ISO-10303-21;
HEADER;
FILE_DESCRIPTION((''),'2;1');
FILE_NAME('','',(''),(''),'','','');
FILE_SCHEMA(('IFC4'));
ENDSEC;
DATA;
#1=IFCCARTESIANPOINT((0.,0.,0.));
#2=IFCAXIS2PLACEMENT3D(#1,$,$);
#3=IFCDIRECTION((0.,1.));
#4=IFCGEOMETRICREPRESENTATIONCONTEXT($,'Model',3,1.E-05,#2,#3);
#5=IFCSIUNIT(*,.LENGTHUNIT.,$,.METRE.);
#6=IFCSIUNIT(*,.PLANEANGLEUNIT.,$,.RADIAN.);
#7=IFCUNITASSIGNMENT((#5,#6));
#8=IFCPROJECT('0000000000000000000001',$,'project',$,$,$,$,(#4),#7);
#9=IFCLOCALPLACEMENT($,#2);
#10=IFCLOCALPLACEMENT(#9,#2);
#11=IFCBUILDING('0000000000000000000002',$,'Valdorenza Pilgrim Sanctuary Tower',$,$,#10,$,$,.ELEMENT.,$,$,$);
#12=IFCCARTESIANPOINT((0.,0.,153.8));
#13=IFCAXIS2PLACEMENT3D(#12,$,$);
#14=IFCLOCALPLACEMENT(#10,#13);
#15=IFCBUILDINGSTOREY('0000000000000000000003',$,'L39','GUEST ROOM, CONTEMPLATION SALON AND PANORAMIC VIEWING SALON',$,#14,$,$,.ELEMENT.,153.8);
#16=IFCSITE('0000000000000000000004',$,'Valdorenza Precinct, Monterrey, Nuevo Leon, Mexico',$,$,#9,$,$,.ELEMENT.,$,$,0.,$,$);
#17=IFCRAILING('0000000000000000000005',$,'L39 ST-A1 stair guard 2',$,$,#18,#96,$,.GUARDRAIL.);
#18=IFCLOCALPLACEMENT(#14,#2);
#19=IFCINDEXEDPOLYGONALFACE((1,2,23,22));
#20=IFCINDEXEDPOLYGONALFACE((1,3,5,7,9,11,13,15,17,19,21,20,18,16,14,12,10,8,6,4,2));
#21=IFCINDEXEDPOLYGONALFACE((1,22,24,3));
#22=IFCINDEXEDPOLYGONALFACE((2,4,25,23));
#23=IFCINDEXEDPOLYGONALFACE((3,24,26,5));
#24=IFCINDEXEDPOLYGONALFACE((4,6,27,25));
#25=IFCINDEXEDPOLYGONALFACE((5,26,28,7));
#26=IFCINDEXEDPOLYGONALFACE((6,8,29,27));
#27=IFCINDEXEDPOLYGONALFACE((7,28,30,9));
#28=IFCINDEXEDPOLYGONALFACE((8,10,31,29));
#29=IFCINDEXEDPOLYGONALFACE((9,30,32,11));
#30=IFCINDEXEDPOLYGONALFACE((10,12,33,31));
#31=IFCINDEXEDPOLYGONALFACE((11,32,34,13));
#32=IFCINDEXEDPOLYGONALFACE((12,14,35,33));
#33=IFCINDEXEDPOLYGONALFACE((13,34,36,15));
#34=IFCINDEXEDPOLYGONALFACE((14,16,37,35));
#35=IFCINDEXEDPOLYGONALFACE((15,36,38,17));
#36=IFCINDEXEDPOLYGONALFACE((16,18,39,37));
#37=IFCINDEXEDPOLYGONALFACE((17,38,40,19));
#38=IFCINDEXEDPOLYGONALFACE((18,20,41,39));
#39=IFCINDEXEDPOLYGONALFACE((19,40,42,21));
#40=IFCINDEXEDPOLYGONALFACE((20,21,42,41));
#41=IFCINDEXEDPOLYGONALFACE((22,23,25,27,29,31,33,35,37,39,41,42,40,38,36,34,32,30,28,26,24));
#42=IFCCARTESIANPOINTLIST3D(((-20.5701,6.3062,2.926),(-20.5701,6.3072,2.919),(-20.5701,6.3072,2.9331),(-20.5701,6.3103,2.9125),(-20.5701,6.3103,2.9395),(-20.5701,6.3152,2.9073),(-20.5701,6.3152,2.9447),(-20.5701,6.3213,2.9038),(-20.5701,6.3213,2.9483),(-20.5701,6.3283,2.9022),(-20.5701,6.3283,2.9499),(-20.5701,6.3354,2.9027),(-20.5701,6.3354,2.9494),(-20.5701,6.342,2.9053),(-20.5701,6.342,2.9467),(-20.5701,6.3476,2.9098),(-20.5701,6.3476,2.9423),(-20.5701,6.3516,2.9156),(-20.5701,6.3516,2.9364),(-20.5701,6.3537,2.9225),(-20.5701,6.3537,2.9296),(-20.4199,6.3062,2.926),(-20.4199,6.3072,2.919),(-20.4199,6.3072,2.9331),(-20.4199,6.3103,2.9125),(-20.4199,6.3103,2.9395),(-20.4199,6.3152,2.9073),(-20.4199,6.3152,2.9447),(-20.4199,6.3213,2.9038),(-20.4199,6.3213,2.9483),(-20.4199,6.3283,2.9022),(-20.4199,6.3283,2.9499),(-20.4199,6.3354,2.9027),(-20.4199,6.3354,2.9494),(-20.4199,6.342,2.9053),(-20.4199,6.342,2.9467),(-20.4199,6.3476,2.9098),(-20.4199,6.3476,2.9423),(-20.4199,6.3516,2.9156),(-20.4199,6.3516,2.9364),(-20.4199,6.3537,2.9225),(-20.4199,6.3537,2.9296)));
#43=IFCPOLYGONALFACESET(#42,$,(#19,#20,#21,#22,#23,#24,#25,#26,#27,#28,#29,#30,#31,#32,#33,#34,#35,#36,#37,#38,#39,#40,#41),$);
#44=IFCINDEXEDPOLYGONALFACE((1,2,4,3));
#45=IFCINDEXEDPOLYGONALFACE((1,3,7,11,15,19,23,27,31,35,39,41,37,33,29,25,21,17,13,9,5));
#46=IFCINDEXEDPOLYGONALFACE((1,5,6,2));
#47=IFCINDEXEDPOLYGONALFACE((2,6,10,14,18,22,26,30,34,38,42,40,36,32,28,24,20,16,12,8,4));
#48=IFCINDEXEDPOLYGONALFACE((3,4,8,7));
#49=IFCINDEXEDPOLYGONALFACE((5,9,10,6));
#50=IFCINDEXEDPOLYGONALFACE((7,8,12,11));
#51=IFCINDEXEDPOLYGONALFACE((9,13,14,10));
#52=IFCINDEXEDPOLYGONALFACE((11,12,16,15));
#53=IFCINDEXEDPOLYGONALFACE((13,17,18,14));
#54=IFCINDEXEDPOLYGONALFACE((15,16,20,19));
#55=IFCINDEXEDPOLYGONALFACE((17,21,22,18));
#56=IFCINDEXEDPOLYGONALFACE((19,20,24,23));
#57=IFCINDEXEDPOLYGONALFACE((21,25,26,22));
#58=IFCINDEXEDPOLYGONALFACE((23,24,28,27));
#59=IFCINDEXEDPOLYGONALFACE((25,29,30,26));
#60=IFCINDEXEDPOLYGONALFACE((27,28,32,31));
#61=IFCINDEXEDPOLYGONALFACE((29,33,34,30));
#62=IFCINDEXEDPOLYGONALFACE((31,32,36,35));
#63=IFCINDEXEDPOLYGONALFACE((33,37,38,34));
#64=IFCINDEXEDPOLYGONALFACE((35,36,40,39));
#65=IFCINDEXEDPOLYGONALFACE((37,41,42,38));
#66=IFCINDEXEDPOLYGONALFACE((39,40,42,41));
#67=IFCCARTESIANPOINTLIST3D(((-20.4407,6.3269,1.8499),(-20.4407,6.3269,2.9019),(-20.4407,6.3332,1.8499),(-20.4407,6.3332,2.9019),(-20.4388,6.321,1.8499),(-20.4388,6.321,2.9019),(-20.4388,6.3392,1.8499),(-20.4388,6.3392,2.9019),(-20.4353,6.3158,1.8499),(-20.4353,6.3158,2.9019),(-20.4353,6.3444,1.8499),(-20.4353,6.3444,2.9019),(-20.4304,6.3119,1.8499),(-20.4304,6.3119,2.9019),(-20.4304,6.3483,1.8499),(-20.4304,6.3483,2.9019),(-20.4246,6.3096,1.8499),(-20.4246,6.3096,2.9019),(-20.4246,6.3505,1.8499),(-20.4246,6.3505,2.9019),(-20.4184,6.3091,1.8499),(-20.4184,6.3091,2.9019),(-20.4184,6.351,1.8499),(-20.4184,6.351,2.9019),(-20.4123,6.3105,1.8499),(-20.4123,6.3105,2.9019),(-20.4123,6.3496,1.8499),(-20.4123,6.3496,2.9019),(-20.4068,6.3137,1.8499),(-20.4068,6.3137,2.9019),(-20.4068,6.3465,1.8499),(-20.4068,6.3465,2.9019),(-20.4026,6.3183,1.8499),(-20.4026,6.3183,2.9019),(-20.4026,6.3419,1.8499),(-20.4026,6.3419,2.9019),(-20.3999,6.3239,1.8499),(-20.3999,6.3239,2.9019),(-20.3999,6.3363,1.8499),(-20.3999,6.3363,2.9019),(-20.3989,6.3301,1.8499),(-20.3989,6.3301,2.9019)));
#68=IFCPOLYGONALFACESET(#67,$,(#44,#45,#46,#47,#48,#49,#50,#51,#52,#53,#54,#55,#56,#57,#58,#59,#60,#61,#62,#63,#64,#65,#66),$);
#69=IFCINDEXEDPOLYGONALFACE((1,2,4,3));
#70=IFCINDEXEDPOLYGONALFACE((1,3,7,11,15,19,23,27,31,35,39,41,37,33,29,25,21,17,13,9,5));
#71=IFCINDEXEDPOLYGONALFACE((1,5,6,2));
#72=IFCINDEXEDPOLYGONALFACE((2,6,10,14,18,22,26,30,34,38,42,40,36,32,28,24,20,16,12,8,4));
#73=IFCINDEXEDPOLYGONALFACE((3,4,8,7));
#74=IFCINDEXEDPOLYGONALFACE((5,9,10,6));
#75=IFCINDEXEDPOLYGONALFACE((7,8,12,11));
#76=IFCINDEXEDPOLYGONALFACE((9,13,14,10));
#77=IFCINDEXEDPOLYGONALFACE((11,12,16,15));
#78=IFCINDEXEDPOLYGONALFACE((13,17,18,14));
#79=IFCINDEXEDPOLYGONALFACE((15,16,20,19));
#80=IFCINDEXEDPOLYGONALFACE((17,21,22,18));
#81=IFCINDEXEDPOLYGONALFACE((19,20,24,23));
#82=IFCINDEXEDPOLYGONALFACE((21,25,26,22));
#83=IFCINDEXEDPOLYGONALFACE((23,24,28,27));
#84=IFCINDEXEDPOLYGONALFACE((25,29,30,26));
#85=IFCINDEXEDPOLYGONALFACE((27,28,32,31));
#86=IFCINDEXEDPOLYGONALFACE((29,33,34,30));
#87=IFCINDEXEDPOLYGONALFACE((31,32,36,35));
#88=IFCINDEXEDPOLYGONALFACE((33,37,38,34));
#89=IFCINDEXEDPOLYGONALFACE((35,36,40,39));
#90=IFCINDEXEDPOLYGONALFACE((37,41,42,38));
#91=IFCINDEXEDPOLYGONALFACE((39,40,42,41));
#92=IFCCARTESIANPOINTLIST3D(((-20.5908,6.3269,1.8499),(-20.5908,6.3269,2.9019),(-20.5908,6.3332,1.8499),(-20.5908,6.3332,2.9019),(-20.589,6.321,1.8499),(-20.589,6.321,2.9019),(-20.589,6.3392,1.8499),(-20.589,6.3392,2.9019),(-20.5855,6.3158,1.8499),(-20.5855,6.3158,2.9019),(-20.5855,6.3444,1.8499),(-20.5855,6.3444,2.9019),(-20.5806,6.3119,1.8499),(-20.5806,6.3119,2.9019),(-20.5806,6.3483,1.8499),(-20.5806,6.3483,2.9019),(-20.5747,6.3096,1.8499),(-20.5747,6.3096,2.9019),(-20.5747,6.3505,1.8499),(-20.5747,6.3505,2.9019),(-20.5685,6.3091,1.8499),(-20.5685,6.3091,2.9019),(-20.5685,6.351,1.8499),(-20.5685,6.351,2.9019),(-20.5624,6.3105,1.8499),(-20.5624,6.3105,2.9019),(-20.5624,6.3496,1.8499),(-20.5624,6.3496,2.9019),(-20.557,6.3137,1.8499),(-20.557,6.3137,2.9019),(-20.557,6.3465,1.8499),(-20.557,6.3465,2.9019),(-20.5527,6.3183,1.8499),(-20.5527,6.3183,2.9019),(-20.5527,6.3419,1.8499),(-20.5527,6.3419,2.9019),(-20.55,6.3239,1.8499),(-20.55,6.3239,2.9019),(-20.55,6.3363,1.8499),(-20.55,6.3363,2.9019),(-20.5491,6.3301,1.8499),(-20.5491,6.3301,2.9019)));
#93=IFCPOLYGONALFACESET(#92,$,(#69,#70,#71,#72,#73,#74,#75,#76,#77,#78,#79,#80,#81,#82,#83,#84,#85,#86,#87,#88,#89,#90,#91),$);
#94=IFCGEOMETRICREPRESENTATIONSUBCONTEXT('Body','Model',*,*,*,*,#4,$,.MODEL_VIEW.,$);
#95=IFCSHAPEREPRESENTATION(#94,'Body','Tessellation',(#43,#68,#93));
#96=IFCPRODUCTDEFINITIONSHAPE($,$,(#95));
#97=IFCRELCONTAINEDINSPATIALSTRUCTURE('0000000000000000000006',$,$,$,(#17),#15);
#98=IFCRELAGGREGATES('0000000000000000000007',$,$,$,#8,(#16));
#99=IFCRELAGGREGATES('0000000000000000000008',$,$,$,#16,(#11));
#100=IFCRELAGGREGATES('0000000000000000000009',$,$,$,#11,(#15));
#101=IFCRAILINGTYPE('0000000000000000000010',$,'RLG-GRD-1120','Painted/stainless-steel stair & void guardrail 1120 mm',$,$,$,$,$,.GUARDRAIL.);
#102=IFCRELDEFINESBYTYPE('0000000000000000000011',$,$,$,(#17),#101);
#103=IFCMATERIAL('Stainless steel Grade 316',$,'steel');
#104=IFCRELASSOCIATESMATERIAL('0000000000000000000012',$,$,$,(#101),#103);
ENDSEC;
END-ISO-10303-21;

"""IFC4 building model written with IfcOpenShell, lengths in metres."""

from ifc_helpers import new_model, si_unit, direction, frame, origin, origin_2d, place, context, subcontext, project, spatial, circle, extrude, material, type_object, element, save


model = new_model("IFC4")

# Units and contexts
model_context = context("Model", 3, precision=1e-05, world=origin(), true_north=direction((0.0, 1.0)))
body_context = subcontext(model_context, "Body", "Model", "MODEL_VIEW")
ifc_project = project(units=[si_unit("LENGTHUNIT", "METRE"), si_unit("PLANEANGLEUNIT", "RADIAN")], contexts=[model_context])

# Site, building, storey
site_placement = place(None, origin())
site = spatial("IfcSite", under=ifc_project, at=site_placement, Name="Valdorenza Precinct, Monterrey, Nuevo Leon, Mexico", CompositionType="ELEMENT", RefElevation=0.0)
building_placement = place(site_placement, origin())
building = spatial("IfcBuilding", under=site, at=building_placement, Name="Valdorenza Pilgrim Sanctuary Tower", CompositionType="ELEMENT")
storey_placement = place(building_placement, frame((0.0, 0.0, 153.8)))
storey = spatial("IfcBuildingStorey", under=building, at=storey_placement, Name="L39", Description="GUEST ROOM, CONTEMPLATION SALON AND PANORAMIC VIEWING SALON", CompositionType="ELEMENT", Elevation=153.8)

# Railing
ifc_material_1 = material(Name="Stainless steel Grade 316", Category="steel")
railing_type_1 = type_object("IfcRailingType", Name="RLG-GRD-1120", Description="Painted/stainless-steel stair & void guardrail 1120 mm", PredefinedType="GUARDRAIL", material=ifc_material_1)
railing_1_placement = place(storey_placement, frame((-20.4199, 6.3301, 1.8499)))
element("IfcRailing", 1, at=railing_1_placement, inside=storey, type_object=railing_type_1, Name="L39 ST-A1 stair guard 2", PredefinedType="GUARDRAIL", context=body_context, shape_type="SweptSolid", body=[
    extrude(circle(Radius=0.0239, at=origin_2d()), frame((0.0, 0.0, 1.0762), z_axis=(-1.0, 0.0, 0.0), x_axis=(0.0, -1.0, 0.0)), (0.0, 0.0, 1.0), 0.1501),
    extrude(circle(Radius=0.021, at=origin_2d()), origin(), (0.0, 0.0, 1.0), 1.052),
    extrude(circle(Radius=0.021, at=origin_2d()), frame((-0.1501, 0.0, 0.0)), (0.0, 0.0, 1.0), 1.052),
])

save(model, "model.ifc")
